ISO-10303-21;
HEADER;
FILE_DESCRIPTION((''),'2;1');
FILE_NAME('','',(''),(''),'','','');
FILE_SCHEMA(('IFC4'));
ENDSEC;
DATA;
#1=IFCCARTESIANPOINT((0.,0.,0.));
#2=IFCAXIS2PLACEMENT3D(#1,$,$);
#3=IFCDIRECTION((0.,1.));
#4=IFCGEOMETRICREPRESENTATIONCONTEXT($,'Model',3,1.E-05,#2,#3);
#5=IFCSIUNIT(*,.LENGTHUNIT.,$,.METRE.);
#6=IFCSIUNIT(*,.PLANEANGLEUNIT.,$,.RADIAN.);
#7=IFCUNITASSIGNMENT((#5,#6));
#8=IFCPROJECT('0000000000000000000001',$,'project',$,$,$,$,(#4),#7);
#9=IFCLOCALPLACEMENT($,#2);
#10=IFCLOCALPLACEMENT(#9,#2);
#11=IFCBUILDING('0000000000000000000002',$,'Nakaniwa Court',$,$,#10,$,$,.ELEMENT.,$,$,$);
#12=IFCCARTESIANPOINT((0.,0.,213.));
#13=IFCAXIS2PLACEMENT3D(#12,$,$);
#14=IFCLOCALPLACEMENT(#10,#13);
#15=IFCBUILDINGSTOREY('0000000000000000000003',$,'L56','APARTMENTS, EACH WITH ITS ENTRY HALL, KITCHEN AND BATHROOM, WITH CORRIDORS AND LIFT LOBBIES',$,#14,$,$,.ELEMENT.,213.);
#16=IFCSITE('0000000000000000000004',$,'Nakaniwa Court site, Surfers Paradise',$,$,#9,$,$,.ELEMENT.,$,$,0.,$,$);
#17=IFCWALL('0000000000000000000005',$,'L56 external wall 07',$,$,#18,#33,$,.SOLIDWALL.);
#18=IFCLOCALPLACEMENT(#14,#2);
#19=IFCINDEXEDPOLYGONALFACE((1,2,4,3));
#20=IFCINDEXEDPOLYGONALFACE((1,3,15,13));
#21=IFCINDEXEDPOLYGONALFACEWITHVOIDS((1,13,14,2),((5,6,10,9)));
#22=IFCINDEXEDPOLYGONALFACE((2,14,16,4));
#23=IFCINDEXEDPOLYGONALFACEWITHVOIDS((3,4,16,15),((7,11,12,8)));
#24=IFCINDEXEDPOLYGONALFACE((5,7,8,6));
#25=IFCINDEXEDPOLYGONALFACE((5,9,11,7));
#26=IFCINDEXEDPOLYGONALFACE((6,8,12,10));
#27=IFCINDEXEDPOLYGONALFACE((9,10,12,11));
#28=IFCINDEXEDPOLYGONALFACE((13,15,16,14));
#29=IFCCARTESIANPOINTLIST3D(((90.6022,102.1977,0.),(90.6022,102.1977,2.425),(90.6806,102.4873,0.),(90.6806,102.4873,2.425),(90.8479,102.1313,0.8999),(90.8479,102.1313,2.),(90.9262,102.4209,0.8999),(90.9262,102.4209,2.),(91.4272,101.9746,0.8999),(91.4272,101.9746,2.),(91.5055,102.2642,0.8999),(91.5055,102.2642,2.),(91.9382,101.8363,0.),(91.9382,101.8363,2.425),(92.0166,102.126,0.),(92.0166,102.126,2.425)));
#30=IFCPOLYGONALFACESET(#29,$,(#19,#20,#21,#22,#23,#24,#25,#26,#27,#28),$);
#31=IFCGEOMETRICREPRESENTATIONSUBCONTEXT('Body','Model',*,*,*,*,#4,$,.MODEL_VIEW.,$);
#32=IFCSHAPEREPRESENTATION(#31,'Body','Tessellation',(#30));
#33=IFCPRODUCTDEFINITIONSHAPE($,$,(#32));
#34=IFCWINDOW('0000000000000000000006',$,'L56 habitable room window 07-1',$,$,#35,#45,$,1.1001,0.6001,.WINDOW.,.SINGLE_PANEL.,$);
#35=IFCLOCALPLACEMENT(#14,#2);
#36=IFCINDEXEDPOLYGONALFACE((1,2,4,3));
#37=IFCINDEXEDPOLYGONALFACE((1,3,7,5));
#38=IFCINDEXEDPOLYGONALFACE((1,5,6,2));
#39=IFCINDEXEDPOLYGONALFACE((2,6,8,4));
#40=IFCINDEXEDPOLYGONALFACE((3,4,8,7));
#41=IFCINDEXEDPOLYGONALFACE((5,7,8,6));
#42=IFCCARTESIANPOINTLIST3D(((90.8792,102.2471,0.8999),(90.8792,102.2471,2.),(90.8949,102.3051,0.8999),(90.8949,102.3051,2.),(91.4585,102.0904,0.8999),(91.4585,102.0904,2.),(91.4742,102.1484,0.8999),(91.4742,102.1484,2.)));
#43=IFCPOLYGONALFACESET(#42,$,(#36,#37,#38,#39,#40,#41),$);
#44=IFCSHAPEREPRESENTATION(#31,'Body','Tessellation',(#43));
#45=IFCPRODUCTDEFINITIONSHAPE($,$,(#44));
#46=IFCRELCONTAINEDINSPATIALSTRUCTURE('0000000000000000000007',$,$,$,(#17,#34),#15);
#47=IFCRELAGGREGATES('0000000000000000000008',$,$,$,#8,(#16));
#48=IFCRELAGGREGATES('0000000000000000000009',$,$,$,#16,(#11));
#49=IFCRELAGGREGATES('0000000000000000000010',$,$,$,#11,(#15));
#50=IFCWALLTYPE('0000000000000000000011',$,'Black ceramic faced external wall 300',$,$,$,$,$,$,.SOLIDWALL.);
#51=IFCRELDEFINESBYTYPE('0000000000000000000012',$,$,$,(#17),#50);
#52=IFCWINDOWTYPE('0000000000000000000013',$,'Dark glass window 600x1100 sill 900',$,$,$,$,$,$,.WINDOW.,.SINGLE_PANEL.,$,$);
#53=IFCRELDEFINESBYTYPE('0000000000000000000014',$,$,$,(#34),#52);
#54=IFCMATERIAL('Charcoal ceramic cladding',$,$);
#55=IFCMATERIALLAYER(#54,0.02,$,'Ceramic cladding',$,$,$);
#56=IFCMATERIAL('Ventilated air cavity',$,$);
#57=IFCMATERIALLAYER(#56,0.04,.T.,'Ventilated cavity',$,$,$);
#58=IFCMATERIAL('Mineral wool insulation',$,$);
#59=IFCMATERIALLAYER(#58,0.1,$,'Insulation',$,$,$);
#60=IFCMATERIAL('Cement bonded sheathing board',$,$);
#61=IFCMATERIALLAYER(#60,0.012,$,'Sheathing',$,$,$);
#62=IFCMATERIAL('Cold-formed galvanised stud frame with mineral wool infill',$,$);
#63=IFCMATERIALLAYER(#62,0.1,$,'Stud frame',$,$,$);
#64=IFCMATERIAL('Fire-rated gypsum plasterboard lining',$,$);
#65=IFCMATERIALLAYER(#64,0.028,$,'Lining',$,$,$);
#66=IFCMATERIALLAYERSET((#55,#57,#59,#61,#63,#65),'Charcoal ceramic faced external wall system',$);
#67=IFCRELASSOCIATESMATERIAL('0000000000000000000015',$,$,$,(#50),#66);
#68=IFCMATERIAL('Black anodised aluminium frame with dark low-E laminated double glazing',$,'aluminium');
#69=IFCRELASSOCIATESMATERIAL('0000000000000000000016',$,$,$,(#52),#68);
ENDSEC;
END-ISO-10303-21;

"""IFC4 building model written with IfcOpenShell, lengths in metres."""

from ifc_helpers import new_model, si_unit, direction, frame, frame_2d, origin, place, context, subcontext, project, spatial, rectangle, extrude, material, layer, layer_set, type_object, element, fill, save


model = new_model("IFC4")

# Units and contexts
model_context = context("Model", 3, precision=1e-05, world=origin(), true_north=direction((0.0, 1.0)))
body_context = subcontext(model_context, "Body", "Model", "MODEL_VIEW")
ifc_project = project(units=[si_unit("LENGTHUNIT", "METRE"), si_unit("PLANEANGLEUNIT", "RADIAN")], contexts=[model_context])

# Site, building, storey
site_placement = place(None, origin())
site = spatial("IfcSite", under=ifc_project, at=site_placement, Name="Nakaniwa Court site, Surfers Paradise", CompositionType="ELEMENT", RefElevation=0.0)
building_placement = place(site_placement, origin())
building = spatial("IfcBuilding", under=site, at=building_placement, Name="Nakaniwa Court", CompositionType="ELEMENT")
storey_placement = place(building_placement, frame((0.0, 0.0, 213.0)))
storey = spatial("IfcBuildingStorey", under=building, at=storey_placement, Name="L56", Description="APARTMENTS, EACH WITH ITS ENTRY HALL, KITCHEN AND BATHROOM, WITH CORRIDORS AND LIFT LOBBIES", CompositionType="ELEMENT", Elevation=213.0)

# Wall, opening, window
ifc_material_1 = material(Name="Charcoal ceramic cladding")
ifc_layer_1 = layer(ifc_material_1, 0.02, Name="Ceramic cladding")
ifc_material_2 = material(Name="Ventilated air cavity")
ifc_layer_2 = layer(ifc_material_2, 0.04, ventilated=True, Name="Ventilated cavity")
ifc_material_3 = material(Name="Mineral wool insulation")
ifc_layer_3 = layer(ifc_material_3, 0.1, Name="Insulation")
ifc_material_4 = material(Name="Cement bonded sheathing board")
ifc_layer_4 = layer(ifc_material_4, 0.012, Name="Sheathing")
ifc_material_5 = material(Name="Cold-formed galvanised stud frame with mineral wool infill")
ifc_layer_5 = layer(ifc_material_5, 0.1, Name="Stud frame")
ifc_material_6 = material(Name="Fire-rated gypsum plasterboard lining")
ifc_layer_6 = layer(ifc_material_6, 0.028, Name="Lining")
ifc_layer_set_1 = layer_set([ifc_layer_1, ifc_layer_2, ifc_layer_3, ifc_layer_4, ifc_layer_5, ifc_layer_6], Name="Charcoal ceramic faced external wall system")
wall_type_1 = type_object("IfcWallType", Name="Black ceramic faced external wall 300", PredefinedType="SOLIDWALL", material=ifc_layer_set_1)
ifc_material_7 = material(Name="Black anodised aluminium frame with dark low-E laminated double glazing", Category="aluminium")
window_type_1 = type_object("IfcWindowType", Name="Dark glass window 600x1100 sill 900", PartitioningType="SINGLE_PANEL", PredefinedType="WINDOW", material=ifc_material_7)
wall_1_placement = place(storey_placement, frame((91.9773, 101.9812, 0.0), z_axis=(0.0, 0.0, 1.0), x_axis=(-0.965315, 0.261087, 0.0)))
wall_1 = element("IfcWall", 1, at=wall_1_placement, inside=storey, type_object=wall_type_1, Name="L56 external wall 07", PredefinedType="SOLIDWALL", context=body_context, shape_type="SweptSolid", body=[
    extrude(rectangle(XDim=1.384, YDim=0.3, at=frame_2d((0.6919, 0.0))), origin(), (0.0, 0.0, 1.0), 2.425),
])
opening_1_placement = place(wall_1_placement, frame((0.5293, 0.0, 0.8999)))
opening_1 = element("IfcOpeningElement", 2, at=opening_1_placement, cuts=wall_1, PredefinedType="OPENING", context=body_context, shape_type="SweptSolid", body=[
    extrude(rectangle(XDim=0.6001, YDim=1.1001, at=frame_2d((0.3, 0.55))), frame((0.0, 0.1599, 0.0), z_axis=(0.0, -1.0, 0.0), x_axis=(1.0, 0.0, 0.0)), (0.0, 0.0, 1.0), 0.3201),
])
window_1_placement = place(opening_1_placement, origin())
window_1 = element("IfcWindow", 3, at=window_1_placement, inside=storey, type_object=window_type_1, Name="L56 habitable room window 07-1", OverallHeight=1.1001, OverallWidth=0.6001, PartitioningType="SINGLE_PANEL", PredefinedType="WINDOW", context=body_context, shape_type="SweptSolid", body=[
    extrude(rectangle(XDim=0.6001, YDim=1.1001, at=frame_2d((0.3, 0.55))), frame((0.0, 0.03, 0.0), z_axis=(0.0, -1.0, 0.0), x_axis=(1.0, 0.0, 0.0)), (0.0, 0.0, 1.0), 0.0601),
])
fill(opening_1, window_1)

save(model, "model.ifc")
